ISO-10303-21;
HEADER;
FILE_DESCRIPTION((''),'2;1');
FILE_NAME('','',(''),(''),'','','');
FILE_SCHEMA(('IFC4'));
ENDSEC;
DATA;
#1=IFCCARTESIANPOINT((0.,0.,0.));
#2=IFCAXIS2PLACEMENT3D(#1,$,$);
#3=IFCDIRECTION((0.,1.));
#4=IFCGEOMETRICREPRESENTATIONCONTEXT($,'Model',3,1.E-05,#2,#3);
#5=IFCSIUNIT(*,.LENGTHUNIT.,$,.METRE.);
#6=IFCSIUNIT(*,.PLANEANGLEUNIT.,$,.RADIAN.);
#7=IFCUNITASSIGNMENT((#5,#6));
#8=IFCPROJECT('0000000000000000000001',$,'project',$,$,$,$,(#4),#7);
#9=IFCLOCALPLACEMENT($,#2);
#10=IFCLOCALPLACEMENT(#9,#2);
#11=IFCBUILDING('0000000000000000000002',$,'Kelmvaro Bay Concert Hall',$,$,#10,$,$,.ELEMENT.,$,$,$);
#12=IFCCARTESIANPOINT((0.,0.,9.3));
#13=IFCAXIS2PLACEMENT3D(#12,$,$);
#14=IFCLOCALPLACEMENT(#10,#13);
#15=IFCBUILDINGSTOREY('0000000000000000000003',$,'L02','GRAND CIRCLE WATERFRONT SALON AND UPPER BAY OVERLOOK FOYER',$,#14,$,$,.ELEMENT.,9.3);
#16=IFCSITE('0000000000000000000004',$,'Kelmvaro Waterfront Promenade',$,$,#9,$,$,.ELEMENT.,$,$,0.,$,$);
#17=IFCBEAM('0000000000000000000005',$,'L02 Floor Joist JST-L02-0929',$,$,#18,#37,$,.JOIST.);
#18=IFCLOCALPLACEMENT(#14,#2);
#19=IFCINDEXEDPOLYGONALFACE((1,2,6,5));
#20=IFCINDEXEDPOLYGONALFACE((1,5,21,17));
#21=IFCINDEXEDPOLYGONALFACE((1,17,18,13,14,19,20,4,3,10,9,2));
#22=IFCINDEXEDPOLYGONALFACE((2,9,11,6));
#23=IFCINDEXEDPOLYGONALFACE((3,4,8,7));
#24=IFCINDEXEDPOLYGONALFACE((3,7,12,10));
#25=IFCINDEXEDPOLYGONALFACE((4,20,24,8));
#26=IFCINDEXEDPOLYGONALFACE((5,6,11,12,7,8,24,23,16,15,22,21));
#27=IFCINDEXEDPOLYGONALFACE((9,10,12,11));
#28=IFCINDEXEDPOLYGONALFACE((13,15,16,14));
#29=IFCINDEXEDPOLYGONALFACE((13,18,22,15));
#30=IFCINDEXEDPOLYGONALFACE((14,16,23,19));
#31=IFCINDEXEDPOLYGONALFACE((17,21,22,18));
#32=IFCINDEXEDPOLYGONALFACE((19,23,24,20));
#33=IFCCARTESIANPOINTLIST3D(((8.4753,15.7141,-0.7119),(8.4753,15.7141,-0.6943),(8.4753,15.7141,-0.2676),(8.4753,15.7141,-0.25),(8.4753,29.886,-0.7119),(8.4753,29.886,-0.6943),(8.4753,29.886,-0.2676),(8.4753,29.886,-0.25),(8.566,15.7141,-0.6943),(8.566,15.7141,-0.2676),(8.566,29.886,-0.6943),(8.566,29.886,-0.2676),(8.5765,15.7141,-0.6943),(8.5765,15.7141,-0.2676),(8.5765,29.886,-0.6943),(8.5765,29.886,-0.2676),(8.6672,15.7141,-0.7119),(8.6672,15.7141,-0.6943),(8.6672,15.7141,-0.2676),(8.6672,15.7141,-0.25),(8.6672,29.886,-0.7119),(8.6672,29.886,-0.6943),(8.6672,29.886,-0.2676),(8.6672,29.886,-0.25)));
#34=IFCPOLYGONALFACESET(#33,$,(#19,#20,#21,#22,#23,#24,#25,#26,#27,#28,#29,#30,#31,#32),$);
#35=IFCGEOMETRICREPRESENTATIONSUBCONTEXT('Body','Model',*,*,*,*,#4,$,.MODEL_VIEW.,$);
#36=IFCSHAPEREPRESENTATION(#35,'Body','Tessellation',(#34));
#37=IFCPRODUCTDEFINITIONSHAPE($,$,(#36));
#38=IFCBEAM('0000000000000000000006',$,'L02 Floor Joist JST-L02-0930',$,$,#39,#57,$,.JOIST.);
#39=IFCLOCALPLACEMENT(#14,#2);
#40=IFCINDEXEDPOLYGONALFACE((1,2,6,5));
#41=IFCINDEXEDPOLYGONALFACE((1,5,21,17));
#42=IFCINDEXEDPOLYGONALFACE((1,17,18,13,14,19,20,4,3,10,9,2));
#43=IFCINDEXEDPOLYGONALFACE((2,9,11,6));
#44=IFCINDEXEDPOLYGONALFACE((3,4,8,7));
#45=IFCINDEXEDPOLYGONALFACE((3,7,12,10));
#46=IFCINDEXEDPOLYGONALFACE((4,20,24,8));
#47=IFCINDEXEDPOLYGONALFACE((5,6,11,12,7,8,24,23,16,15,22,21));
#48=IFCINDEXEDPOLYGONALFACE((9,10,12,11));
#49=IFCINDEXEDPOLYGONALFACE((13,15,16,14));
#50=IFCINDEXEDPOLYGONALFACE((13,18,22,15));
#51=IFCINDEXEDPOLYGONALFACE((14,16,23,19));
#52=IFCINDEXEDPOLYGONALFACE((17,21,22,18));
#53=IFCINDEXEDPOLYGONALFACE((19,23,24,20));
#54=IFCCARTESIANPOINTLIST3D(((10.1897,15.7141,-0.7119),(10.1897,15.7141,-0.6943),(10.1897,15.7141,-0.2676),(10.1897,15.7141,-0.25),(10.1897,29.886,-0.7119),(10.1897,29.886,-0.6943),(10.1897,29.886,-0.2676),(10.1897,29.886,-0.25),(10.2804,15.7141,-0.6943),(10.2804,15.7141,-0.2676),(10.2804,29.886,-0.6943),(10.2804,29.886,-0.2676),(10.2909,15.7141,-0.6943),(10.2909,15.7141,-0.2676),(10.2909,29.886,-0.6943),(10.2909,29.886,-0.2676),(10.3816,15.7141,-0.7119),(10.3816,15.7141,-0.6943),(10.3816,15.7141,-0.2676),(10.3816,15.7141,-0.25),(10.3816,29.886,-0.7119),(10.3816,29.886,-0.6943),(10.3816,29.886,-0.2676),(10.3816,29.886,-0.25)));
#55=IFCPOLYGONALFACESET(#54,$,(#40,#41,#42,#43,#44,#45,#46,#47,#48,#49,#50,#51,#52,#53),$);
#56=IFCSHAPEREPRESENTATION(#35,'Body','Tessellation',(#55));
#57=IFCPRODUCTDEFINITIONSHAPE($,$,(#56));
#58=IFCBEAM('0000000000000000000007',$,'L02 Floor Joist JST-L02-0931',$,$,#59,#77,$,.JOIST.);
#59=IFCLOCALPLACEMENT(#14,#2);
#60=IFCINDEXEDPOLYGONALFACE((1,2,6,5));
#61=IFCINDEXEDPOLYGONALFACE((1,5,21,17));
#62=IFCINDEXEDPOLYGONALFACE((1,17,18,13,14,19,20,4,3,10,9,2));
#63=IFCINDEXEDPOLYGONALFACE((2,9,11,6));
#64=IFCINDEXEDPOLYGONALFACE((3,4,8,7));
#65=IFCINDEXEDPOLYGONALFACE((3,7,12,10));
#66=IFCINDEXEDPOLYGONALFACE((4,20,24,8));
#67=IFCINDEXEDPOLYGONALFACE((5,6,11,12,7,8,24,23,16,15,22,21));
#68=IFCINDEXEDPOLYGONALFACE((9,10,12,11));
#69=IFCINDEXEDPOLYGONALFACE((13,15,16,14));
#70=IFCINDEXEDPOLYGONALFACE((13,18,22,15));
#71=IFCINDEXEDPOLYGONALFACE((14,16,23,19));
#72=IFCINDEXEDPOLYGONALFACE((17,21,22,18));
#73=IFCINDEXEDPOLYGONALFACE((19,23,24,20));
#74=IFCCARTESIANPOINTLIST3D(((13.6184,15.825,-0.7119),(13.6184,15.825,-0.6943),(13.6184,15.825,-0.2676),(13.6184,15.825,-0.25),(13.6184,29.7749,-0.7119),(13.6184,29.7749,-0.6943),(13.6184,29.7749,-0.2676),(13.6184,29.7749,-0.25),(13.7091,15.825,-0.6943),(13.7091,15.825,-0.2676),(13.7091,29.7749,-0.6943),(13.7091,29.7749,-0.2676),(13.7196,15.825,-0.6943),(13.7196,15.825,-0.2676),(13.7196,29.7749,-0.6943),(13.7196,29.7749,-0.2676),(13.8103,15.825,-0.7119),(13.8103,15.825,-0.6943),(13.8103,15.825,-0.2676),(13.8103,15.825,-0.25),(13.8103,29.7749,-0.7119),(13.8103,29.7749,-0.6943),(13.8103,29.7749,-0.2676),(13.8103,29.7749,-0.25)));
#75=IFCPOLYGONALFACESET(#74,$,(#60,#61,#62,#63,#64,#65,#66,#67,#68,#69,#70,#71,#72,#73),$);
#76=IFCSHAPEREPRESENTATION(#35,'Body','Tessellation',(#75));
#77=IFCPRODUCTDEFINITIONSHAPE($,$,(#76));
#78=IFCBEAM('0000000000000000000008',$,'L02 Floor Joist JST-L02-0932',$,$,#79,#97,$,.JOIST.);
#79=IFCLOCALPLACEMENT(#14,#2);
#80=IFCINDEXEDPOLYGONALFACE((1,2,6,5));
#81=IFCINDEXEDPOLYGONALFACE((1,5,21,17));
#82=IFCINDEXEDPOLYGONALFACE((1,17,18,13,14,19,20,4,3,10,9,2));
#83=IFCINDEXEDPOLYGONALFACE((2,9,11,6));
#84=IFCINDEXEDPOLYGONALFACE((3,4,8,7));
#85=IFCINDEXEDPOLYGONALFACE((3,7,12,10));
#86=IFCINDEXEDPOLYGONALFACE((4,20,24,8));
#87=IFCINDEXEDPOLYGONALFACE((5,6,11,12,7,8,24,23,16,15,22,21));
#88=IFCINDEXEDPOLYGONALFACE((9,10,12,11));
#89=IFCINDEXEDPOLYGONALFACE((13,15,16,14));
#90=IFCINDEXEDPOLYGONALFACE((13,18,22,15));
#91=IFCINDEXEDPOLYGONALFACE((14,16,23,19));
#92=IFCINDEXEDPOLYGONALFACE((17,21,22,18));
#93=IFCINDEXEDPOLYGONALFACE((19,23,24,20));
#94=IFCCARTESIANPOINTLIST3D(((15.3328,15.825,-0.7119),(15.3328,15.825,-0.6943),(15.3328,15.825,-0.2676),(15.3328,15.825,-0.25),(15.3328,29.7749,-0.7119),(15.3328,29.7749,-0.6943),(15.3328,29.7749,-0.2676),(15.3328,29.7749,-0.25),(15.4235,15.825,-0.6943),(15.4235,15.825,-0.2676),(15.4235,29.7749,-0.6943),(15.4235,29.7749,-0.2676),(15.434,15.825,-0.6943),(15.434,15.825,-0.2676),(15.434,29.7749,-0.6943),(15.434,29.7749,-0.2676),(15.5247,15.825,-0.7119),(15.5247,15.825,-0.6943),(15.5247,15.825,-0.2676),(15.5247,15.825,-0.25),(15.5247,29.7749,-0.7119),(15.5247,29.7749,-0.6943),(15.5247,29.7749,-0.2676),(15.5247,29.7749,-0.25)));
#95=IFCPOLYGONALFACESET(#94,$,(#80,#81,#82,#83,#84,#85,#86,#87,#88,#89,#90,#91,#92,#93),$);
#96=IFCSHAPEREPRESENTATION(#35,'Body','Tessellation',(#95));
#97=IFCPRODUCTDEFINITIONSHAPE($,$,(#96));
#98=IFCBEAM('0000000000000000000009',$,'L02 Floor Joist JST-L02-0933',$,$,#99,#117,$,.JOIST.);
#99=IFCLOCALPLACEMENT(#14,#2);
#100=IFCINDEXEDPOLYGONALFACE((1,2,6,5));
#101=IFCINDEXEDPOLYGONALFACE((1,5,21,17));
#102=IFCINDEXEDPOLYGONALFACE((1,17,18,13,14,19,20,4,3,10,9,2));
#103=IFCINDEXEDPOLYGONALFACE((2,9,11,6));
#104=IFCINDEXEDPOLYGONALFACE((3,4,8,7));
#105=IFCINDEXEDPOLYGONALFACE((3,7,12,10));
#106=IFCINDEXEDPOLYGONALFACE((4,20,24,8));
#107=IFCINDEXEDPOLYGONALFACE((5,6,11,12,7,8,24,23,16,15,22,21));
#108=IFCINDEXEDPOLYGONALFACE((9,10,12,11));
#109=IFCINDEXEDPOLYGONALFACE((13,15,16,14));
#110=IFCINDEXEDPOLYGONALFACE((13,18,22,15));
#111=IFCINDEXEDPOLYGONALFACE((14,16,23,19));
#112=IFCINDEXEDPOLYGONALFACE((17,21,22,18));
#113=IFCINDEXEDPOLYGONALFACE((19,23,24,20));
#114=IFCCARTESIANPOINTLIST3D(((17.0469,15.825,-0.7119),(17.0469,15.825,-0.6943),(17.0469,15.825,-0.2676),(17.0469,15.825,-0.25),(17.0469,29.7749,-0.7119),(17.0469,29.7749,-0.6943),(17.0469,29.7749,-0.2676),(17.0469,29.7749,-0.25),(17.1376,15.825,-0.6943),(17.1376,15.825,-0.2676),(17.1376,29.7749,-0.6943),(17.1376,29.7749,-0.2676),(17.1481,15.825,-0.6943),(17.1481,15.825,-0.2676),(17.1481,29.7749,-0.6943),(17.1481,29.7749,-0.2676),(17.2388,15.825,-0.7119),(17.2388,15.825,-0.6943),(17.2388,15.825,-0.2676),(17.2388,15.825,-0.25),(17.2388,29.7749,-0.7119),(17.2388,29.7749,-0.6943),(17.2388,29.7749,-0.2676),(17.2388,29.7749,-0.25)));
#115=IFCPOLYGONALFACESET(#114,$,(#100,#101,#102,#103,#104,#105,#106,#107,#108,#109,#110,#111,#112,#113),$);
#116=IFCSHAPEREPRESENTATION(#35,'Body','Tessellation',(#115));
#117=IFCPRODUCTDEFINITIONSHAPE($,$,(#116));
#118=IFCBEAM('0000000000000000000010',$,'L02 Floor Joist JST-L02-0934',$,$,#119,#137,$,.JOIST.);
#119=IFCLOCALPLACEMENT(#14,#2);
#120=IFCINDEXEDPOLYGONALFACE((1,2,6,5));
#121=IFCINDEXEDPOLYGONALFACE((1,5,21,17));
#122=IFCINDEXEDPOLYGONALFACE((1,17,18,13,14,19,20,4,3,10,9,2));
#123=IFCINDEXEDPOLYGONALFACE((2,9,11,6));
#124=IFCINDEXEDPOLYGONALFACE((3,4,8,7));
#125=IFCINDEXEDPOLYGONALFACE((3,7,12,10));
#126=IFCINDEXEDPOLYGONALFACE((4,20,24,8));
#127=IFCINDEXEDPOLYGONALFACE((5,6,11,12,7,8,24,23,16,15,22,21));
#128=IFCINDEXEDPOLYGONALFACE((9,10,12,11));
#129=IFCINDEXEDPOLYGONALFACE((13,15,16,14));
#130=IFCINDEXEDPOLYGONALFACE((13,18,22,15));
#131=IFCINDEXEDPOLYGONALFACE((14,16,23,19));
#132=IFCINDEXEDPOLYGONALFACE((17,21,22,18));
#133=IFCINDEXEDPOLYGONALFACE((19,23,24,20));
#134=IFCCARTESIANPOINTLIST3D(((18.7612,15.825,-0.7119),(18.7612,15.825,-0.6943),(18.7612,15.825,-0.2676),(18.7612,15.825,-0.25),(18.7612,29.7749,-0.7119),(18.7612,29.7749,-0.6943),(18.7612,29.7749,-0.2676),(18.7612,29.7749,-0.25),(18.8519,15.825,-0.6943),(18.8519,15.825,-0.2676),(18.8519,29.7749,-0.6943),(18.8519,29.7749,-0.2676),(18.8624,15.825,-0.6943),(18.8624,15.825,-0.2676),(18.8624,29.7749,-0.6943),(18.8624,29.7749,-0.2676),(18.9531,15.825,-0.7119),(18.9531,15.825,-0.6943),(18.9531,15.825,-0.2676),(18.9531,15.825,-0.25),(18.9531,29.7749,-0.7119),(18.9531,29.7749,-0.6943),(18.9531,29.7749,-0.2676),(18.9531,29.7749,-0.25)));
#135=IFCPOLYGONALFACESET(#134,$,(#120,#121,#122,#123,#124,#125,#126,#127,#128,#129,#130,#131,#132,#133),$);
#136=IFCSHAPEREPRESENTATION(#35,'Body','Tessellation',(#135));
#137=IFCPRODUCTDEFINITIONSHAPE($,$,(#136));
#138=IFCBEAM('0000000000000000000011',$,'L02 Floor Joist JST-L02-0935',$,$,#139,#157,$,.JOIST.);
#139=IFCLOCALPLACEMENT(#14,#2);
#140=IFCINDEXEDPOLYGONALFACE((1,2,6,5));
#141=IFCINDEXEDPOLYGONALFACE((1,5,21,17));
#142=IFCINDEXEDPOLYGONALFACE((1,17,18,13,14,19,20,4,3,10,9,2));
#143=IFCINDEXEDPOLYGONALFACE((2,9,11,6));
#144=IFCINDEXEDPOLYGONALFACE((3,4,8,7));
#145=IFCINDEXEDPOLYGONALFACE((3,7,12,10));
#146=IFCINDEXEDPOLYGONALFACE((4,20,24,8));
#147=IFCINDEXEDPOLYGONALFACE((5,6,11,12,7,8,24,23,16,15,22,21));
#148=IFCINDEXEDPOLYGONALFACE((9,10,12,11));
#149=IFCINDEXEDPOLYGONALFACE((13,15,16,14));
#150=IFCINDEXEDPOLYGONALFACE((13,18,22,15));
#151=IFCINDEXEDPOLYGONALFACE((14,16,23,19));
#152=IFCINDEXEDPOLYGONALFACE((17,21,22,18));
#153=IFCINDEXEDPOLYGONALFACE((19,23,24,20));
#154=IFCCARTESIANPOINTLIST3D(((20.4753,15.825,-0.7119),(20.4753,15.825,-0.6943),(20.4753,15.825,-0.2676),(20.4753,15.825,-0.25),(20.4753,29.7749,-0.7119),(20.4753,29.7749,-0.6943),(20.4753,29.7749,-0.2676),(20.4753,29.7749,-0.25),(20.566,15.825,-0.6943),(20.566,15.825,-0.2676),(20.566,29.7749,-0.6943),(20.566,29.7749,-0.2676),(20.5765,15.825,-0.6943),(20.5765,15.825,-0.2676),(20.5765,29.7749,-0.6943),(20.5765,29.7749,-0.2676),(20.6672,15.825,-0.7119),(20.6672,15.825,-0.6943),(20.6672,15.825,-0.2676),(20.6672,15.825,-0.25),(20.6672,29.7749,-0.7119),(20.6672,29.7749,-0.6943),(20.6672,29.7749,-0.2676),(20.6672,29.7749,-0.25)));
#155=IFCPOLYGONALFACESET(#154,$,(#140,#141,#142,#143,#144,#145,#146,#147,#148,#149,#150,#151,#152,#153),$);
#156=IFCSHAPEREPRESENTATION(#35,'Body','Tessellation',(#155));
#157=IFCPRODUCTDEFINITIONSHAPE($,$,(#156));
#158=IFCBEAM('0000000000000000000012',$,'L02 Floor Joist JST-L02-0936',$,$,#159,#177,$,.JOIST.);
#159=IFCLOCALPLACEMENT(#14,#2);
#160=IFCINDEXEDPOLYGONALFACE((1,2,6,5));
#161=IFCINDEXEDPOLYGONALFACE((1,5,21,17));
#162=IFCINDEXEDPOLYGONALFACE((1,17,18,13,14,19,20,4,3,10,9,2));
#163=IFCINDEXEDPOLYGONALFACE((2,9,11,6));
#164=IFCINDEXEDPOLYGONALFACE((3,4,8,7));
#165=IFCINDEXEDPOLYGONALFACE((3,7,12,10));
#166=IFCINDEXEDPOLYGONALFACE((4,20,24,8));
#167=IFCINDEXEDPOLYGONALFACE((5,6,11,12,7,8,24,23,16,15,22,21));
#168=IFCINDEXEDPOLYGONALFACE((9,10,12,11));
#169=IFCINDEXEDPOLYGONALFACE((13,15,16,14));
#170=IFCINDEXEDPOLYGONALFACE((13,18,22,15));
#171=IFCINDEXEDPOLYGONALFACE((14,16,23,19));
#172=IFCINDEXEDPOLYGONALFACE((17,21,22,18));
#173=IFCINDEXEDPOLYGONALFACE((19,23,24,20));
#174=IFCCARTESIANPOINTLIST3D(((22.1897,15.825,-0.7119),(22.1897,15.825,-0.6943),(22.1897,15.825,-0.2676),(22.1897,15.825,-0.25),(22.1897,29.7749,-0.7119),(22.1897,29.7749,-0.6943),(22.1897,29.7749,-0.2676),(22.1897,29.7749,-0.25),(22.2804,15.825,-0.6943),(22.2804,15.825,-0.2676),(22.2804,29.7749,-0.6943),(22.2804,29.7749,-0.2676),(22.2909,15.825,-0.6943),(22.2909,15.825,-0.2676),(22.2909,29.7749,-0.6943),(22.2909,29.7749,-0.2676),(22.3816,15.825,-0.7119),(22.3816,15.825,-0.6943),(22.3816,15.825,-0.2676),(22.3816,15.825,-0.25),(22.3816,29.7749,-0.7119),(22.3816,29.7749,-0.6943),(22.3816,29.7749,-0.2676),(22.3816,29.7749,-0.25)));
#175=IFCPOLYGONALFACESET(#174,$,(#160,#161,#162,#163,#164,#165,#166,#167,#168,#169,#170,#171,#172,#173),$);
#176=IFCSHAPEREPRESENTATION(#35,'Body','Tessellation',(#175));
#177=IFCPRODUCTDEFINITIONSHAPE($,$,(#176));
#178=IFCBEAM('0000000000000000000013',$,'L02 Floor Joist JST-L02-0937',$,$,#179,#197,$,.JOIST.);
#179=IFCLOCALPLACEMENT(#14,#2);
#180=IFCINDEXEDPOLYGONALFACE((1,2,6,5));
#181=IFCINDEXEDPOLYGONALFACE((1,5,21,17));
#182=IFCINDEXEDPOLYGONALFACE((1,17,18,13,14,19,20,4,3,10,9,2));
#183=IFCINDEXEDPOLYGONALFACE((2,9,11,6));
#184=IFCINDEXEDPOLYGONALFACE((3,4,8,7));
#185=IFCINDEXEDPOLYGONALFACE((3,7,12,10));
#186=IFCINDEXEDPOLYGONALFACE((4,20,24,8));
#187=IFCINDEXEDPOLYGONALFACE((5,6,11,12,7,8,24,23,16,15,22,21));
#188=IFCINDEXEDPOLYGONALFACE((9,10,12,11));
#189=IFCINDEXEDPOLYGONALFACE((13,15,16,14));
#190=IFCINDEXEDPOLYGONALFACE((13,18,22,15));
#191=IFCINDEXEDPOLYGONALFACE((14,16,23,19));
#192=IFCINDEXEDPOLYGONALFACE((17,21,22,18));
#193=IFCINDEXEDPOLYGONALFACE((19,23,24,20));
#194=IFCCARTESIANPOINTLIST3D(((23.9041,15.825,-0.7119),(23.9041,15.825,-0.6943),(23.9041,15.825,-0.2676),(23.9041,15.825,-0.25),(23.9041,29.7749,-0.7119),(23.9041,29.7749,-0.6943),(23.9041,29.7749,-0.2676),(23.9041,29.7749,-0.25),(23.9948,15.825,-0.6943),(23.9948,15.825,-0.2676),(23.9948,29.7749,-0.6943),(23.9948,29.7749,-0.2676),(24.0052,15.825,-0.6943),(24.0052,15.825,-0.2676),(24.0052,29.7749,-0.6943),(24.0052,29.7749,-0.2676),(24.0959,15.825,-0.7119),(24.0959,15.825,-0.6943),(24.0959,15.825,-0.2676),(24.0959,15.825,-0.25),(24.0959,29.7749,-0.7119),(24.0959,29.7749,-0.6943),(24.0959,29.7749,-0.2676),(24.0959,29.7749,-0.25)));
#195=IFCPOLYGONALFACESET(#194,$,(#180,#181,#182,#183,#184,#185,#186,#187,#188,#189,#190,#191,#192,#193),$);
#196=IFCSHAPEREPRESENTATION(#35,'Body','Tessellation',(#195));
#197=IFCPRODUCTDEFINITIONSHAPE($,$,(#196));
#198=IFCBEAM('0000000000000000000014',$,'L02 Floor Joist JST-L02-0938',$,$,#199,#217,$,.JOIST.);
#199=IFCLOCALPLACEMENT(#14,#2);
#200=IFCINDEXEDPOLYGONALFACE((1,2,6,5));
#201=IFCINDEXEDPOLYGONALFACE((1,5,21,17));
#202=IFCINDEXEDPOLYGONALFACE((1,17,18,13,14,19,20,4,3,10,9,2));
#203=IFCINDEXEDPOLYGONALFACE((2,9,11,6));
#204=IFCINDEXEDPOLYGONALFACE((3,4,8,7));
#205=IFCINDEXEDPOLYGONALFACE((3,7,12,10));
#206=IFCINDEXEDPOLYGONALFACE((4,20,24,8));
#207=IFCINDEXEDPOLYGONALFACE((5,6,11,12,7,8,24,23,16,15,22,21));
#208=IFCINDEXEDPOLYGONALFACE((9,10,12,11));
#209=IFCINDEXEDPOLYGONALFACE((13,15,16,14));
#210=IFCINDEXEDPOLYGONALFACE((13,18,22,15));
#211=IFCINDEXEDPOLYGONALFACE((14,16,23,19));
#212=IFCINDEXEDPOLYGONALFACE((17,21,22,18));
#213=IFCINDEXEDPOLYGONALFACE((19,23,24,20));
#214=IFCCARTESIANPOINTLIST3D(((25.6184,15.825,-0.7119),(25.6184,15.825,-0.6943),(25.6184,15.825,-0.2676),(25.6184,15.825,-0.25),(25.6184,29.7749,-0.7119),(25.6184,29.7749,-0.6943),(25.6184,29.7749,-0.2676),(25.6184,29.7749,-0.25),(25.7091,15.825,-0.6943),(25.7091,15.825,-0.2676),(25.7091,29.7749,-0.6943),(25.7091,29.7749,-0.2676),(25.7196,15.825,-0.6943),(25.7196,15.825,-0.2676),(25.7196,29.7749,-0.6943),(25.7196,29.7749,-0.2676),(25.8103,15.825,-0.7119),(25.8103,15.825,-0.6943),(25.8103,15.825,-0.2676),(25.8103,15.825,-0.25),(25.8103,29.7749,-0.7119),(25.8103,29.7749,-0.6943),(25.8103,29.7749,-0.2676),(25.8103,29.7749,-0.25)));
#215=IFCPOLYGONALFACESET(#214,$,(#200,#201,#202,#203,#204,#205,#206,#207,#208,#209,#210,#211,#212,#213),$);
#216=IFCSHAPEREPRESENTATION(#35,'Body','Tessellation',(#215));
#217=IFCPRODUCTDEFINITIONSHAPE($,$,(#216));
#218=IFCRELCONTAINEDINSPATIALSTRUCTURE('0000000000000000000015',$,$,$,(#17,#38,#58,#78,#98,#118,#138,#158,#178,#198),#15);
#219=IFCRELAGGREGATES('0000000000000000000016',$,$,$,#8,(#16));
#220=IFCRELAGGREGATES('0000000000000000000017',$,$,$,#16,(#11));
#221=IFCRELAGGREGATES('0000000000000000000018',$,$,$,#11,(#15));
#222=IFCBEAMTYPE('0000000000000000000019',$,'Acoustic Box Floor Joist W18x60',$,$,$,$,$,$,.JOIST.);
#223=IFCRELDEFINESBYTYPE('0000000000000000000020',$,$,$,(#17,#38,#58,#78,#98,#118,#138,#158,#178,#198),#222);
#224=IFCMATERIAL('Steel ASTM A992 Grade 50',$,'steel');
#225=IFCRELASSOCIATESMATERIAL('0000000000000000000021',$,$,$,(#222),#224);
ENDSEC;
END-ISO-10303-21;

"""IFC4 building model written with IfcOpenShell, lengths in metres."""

from ifc_helpers import new_model, si_unit, direction, frame, origin, origin_2d, place, context, subcontext, project, spatial, i_section, extrude, material, material_profile, profile_set, type_object, element, save


model = new_model("IFC4")

# Units and contexts
model_context = context("Model", 3, precision=1e-05, world=origin(), true_north=direction((0.0, 1.0)))
body_context = subcontext(model_context, "Body", "Model", "MODEL_VIEW")
ifc_project = project(units=[si_unit("LENGTHUNIT", "METRE"), si_unit("PLANEANGLEUNIT", "RADIAN")], contexts=[model_context])

# Site, building, storey
site_placement = place(None, origin())
site = spatial("IfcSite", under=ifc_project, at=site_placement, Name="Kelmvaro Waterfront Promenade", CompositionType="ELEMENT", RefElevation=0.0)
building_placement = place(site_placement, origin())
building = spatial("IfcBuilding", under=site, at=building_placement, Name="Kelmvaro Bay Concert Hall", CompositionType="ELEMENT")
storey_placement = place(building_placement, frame((0.0, 0.0, 9.3)))
storey = spatial("IfcBuildingStorey", under=building, at=storey_placement, Name="L02", Description="GRAND CIRCLE WATERFRONT SALON AND UPPER BAY OVERLOOK FOYER", CompositionType="ELEMENT", Elevation=9.3)

# Beams
ifc_material_1 = material(Name="Steel ASTM A992 Grade 50", Category="steel")
ifc_material_profile_1 = material_profile(ifc_material_1, i_section(OverallWidth=0.1919, OverallDepth=0.4619, WebThickness=0.0105, FlangeThickness=0.0176, at=origin_2d()), Name="W18X60")
ifc_profile_set_1 = profile_set([ifc_material_profile_1], Name="Steel ASTM A992 Grade 50")
beam_type_1 = type_object("IfcBeamType", Name="Acoustic Box Floor Joist W18x60", PredefinedType="JOIST", material=ifc_profile_set_1)
for number, where, z_axis, x_axis, name in (
    (1, (8.5713, 15.7141, -0.481), (0.0, 1.0, 0.0), (-1.0, 0.0, 0.0), "L02 Floor Joist JST-L02-0929"),
    (2, (10.2856, 15.7141, -0.481), (0.0, 1.0, 0.0), (-1.0, 0.0, 0.0), "L02 Floor Joist JST-L02-0930"),
):
    element("IfcBeam", number, at=place(storey_placement, frame(where, z_axis=z_axis, x_axis=x_axis)), inside=storey, type_object=beam_type_1, Name=name, PredefinedType="JOIST", context=body_context, shape_type="SweptSolid", body=[
        extrude(i_section(OverallWidth=0.1919, OverallDepth=0.4619, WebThickness=0.0105, FlangeThickness=0.0176, at=origin_2d()), origin(), (0.0, 0.0, 1.0), 14.1719),
    ])
for number, where, z_axis, x_axis, name in (
    (3, (13.7144, 15.825, -0.481), (0.0, 1.0, 0.0), (-1.0, 0.0, 0.0), "L02 Floor Joist JST-L02-0931"),
    (4, (15.4287, 15.825, -0.481), (0.0, 1.0, 0.0), (-1.0, 0.0, 0.0), "L02 Floor Joist JST-L02-0932"),
    (5, (17.1428, 15.825, -0.481), (0.0, 1.0, 0.0), (-1.0, 0.0, 0.0), "L02 Floor Joist JST-L02-0933"),
    (6, (18.8572, 15.825, -0.481), (0.0, 1.0, 0.0), (-1.0, 0.0, 0.0), "L02 Floor Joist JST-L02-0934"),
    (7, (20.5713, 15.825, -0.481), (0.0, 1.0, 0.0), (-1.0, 0.0, 0.0), "L02 Floor Joist JST-L02-0935"),
    (8, (22.2856, 15.825, -0.481), (0.0, 1.0, 0.0), (-1.0, 0.0, 0.0), "L02 Floor Joist JST-L02-0936"),
    (9, (24.0, 15.825, -0.481), (0.0, 1.0, 0.0), (-1.0, 0.0, 0.0), "L02 Floor Joist JST-L02-0937"),
    (10, (25.7144, 15.825, -0.481), (0.0, 1.0, 0.0), (-1.0, 0.0, 0.0), "L02 Floor Joist JST-L02-0938"),
):
    element("IfcBeam", number, at=place(storey_placement, frame(where, z_axis=z_axis, x_axis=x_axis)), inside=storey, type_object=beam_type_1, Name=name, PredefinedType="JOIST", context=body_context, shape_type="SweptSolid", body=[
        extrude(i_section(OverallWidth=0.1919, OverallDepth=0.4619, WebThickness=0.0105, FlangeThickness=0.0176, at=origin_2d()), origin(), (0.0, 0.0, 1.0), 13.95),
    ])

save(model, "model.ifc")
